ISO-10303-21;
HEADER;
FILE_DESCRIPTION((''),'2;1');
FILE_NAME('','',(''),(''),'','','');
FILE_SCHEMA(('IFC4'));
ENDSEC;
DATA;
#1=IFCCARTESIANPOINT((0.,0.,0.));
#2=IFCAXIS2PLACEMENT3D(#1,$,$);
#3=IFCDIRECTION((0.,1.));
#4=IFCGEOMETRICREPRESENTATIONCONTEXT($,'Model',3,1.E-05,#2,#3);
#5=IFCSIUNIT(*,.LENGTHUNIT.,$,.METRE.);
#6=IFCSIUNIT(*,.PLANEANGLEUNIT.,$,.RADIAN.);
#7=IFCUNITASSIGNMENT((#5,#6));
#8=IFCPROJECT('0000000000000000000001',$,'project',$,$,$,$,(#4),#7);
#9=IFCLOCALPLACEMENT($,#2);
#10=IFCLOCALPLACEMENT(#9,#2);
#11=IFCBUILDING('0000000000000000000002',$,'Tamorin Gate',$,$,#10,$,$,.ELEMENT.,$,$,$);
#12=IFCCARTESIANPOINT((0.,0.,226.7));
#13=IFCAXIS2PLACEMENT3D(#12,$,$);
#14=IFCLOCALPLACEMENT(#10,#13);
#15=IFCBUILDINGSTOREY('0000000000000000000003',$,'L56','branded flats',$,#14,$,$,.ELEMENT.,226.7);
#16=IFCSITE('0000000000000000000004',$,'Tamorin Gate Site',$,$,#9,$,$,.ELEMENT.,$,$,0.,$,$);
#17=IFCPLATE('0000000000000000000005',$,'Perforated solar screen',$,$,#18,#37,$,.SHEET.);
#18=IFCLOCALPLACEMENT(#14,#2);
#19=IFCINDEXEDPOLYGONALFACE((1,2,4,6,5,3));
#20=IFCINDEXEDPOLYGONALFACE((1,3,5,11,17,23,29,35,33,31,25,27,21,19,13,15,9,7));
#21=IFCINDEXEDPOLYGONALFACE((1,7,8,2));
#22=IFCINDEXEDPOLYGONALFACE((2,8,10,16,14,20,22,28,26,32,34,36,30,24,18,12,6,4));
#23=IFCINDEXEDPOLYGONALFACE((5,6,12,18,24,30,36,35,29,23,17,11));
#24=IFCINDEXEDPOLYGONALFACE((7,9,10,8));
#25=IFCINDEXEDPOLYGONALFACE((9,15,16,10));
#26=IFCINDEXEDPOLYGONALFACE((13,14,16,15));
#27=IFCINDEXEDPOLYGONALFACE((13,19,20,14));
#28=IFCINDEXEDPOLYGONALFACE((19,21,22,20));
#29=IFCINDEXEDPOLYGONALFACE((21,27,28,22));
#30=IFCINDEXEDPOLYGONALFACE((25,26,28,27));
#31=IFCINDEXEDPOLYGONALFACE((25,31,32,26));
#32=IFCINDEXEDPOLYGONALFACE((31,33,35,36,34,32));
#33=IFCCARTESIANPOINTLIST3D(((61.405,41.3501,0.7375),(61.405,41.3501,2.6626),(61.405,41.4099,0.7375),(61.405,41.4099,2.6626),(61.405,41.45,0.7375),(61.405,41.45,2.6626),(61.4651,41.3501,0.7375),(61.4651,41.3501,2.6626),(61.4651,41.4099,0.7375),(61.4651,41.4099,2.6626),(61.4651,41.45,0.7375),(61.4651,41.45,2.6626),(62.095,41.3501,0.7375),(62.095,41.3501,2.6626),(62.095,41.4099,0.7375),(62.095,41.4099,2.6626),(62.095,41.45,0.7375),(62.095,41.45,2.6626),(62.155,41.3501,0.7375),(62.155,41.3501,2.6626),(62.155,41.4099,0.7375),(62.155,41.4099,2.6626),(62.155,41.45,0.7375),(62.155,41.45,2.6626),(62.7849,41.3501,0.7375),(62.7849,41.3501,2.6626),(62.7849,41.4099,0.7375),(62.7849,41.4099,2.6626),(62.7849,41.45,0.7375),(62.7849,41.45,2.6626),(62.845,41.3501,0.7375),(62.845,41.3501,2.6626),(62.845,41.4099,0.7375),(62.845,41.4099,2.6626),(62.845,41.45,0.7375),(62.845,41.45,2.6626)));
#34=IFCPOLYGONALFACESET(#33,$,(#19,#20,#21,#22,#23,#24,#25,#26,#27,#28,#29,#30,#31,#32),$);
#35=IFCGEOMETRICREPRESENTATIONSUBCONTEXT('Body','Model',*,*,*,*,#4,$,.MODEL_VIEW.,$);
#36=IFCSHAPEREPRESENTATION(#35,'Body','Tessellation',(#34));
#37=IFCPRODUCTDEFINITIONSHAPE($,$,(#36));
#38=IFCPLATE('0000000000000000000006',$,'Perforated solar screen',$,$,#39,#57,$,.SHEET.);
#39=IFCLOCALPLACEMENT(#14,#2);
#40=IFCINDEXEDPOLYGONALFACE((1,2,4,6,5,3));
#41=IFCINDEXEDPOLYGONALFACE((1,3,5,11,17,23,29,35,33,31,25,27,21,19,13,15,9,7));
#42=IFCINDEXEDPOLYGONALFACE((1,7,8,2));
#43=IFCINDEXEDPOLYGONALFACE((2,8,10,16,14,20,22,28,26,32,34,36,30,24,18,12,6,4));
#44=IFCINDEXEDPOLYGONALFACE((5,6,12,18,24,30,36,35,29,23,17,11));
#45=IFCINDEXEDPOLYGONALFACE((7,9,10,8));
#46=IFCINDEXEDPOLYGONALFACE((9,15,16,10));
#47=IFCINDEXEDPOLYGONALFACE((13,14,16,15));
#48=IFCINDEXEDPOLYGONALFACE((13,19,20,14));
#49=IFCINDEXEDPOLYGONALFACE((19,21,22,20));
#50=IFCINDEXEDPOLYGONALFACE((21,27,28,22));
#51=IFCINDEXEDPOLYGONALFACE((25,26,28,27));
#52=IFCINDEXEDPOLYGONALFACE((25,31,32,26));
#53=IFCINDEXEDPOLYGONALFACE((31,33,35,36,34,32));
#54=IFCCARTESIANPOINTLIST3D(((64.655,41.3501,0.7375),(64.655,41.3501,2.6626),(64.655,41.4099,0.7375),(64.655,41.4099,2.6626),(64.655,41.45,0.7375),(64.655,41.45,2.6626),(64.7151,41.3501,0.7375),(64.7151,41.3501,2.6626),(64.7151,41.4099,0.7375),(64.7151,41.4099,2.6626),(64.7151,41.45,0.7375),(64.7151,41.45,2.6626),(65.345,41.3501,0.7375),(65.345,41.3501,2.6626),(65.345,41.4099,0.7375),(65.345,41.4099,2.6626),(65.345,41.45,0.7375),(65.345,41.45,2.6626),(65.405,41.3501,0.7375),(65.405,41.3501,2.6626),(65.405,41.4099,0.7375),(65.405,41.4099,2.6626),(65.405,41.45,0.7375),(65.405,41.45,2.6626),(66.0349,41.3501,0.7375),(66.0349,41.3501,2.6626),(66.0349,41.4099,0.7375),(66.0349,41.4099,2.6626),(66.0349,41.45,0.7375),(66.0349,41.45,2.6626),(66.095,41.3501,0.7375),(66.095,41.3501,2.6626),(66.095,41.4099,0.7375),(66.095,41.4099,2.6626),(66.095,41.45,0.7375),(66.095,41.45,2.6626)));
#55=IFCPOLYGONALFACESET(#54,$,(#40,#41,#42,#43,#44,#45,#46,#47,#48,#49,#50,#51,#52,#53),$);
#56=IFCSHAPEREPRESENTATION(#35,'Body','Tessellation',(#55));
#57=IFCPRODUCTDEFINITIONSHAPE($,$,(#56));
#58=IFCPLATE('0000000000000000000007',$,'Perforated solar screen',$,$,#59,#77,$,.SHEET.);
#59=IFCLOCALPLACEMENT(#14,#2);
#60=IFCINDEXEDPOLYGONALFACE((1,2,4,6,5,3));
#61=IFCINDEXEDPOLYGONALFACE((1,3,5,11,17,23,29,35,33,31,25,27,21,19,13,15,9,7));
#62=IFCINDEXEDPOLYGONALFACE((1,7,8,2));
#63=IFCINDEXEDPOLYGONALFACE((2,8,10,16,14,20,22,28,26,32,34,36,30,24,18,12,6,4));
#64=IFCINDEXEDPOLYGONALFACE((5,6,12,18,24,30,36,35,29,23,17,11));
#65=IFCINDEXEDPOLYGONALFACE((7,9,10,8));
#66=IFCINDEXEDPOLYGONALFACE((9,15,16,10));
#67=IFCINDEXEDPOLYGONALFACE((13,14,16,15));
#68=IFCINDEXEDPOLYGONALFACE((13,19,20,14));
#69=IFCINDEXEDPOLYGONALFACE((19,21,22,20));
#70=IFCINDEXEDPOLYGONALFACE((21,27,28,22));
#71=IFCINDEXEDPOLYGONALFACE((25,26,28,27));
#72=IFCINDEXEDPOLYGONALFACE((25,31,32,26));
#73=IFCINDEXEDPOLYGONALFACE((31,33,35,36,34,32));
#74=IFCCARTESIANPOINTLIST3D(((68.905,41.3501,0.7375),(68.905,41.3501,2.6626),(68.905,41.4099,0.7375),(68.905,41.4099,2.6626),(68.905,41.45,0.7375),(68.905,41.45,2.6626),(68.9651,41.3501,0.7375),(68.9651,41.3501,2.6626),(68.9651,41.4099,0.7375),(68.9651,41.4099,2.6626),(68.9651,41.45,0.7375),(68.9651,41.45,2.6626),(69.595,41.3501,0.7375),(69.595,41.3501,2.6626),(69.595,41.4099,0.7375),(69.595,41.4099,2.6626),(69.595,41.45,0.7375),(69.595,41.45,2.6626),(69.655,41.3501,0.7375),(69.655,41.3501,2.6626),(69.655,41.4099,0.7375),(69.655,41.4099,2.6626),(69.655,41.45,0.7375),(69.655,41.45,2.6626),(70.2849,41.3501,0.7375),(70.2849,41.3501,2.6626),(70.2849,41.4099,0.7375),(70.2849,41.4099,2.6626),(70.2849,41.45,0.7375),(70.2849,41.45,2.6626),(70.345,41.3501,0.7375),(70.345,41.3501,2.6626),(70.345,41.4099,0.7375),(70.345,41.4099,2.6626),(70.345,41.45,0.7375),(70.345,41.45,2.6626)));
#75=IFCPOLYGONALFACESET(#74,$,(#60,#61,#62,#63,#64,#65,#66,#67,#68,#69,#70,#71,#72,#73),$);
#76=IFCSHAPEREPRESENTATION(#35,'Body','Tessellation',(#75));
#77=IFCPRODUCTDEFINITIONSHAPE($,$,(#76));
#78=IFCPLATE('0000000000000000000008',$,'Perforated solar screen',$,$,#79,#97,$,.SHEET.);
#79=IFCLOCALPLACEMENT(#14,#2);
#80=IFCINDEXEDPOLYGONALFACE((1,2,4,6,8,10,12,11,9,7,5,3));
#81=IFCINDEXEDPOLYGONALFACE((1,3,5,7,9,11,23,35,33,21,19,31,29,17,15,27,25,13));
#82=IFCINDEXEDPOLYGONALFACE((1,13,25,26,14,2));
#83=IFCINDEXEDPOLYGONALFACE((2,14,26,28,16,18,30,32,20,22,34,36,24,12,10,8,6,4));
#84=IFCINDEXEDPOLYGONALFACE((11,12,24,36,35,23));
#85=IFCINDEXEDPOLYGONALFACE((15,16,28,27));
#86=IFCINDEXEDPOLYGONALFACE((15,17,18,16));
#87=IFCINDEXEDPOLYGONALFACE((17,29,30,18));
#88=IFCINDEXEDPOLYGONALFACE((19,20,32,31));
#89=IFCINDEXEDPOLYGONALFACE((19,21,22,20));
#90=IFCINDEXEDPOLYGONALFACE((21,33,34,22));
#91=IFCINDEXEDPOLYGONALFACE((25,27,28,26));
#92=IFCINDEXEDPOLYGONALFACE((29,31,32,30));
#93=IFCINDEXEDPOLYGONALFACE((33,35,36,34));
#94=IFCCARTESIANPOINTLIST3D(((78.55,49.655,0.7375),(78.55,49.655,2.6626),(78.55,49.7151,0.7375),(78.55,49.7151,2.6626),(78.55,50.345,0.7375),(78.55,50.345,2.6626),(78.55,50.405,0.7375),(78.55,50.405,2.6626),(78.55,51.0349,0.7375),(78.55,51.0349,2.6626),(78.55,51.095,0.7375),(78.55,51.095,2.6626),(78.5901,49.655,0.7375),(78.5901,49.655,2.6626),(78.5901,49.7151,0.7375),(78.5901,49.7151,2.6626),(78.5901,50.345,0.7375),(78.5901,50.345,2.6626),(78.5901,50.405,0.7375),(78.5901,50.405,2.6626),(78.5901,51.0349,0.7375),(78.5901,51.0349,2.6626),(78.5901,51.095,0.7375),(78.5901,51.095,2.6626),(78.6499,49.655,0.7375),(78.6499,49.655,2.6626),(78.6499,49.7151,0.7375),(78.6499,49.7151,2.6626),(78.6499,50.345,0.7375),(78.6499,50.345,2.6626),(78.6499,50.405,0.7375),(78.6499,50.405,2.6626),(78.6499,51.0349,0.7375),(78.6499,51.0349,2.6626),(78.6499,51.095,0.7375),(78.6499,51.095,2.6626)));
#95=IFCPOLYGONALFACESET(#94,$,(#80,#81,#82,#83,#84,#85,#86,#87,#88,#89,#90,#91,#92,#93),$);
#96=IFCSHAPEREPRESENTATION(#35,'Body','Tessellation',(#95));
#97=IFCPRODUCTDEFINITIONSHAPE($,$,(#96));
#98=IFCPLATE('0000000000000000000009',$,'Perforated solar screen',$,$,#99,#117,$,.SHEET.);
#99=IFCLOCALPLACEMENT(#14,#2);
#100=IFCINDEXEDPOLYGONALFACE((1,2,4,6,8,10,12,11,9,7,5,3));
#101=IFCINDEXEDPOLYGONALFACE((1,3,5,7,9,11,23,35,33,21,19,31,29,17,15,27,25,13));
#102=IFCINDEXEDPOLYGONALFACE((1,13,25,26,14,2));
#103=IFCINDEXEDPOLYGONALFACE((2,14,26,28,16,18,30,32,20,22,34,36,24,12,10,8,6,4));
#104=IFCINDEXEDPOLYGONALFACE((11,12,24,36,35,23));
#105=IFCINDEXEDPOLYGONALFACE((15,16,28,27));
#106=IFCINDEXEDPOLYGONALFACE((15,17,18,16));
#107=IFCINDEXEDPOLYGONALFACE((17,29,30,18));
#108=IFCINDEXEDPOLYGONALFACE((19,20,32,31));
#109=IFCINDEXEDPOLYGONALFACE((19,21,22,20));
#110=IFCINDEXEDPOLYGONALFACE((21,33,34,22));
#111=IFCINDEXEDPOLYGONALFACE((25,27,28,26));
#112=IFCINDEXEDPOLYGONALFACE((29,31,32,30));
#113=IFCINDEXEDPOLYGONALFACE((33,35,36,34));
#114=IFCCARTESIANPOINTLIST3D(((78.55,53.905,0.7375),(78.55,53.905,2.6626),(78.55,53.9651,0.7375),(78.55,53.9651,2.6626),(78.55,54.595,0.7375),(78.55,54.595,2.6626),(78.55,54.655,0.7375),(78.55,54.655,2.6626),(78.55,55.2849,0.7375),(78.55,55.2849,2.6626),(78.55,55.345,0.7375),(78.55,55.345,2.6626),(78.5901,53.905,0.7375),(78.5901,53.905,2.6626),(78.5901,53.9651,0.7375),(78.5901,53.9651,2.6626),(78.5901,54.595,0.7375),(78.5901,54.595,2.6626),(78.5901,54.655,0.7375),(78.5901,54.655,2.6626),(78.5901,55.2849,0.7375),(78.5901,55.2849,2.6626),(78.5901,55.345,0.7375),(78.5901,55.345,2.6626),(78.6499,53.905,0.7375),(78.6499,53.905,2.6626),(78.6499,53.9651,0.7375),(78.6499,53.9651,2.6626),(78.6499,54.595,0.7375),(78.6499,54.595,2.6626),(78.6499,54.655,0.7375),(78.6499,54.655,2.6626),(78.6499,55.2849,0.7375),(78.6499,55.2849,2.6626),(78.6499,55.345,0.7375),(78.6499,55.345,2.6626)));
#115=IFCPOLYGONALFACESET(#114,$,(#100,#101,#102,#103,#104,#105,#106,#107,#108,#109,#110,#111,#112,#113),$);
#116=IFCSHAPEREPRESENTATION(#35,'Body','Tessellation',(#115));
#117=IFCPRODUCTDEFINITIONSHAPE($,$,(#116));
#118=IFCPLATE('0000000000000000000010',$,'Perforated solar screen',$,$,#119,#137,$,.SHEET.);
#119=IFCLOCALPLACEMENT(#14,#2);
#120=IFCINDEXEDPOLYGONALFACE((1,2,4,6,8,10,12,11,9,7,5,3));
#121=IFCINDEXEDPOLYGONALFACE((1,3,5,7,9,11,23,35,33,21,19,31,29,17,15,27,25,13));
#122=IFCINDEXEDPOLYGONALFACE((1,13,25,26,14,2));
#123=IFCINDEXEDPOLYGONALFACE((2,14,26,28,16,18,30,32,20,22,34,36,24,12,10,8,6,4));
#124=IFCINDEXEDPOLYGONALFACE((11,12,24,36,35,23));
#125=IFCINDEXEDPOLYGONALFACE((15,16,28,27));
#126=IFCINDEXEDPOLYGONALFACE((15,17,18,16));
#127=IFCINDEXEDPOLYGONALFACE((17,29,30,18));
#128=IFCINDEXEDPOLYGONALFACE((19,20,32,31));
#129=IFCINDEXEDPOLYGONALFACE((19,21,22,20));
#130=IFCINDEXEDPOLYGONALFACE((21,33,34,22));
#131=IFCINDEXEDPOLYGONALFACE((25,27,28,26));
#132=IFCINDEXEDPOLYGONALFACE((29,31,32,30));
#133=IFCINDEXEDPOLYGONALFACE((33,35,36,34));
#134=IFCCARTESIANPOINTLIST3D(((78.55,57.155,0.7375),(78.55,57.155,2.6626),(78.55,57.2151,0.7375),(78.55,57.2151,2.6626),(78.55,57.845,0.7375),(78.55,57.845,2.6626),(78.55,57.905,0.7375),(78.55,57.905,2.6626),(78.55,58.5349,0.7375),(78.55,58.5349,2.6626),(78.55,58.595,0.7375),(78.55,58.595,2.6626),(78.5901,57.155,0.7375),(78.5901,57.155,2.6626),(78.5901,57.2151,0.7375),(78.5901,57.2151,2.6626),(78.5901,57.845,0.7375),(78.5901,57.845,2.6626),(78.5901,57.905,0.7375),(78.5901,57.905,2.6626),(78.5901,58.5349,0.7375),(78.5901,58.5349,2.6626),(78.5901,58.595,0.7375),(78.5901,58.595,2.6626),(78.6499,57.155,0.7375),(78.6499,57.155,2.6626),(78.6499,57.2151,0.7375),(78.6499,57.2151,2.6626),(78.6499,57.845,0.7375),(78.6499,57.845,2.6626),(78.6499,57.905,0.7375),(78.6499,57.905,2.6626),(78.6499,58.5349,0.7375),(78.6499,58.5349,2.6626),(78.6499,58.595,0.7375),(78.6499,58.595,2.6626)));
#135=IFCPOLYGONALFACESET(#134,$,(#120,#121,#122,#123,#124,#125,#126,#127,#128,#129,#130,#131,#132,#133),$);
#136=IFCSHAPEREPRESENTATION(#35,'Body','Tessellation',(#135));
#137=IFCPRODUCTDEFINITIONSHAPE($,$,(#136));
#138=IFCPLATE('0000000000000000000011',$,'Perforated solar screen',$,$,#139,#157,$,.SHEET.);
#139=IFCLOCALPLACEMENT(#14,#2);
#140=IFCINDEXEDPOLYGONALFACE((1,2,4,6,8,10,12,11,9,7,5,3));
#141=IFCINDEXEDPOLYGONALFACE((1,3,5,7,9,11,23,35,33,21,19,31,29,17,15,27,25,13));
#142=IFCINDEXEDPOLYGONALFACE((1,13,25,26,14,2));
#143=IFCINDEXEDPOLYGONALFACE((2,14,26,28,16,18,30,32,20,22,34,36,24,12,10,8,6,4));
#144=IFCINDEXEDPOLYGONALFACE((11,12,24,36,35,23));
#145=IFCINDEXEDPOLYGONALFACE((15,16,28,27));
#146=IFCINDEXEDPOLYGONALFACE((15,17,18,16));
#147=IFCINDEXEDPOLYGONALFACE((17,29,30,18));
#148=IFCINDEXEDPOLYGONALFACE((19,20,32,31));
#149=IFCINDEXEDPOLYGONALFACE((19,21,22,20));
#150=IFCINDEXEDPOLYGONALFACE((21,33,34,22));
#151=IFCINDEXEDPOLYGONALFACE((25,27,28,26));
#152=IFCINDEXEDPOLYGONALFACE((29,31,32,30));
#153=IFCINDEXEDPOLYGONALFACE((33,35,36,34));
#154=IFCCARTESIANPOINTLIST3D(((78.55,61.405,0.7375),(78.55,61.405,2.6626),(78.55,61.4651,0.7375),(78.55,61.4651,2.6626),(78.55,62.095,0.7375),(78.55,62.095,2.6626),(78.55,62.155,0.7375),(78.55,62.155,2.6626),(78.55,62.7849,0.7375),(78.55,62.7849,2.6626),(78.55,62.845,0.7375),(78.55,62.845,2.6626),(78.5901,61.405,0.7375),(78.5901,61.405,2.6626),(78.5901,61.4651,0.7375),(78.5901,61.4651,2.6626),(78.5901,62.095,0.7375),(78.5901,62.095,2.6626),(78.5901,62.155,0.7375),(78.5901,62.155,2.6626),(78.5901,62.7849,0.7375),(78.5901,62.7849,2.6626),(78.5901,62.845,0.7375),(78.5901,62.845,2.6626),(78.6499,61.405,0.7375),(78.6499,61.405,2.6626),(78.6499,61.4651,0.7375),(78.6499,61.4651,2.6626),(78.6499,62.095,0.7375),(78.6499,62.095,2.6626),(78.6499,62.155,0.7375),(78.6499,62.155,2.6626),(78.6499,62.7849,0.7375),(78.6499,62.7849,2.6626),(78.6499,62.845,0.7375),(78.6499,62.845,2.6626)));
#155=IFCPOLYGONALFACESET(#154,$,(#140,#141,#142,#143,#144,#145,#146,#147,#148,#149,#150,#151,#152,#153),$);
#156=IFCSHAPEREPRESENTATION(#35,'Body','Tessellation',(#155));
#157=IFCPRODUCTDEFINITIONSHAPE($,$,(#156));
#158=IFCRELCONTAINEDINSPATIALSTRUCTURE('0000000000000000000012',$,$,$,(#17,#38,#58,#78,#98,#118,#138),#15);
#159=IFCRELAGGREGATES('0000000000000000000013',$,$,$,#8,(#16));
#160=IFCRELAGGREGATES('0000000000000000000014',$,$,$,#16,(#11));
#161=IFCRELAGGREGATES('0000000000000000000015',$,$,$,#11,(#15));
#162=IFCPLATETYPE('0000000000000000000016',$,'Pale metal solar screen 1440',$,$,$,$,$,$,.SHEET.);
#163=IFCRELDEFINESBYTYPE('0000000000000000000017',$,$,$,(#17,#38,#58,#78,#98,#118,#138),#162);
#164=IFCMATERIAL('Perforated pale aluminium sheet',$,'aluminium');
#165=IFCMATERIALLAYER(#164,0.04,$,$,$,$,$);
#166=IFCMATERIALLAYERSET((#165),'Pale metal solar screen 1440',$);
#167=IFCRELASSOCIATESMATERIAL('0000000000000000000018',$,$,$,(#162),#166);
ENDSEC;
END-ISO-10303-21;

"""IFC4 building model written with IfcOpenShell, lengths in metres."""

from ifc_helpers import new_model, si_unit, direction, frame, origin, place, context, subcontext, project, spatial, polyline, outline, extrude, material, layer, layer_set, type_object, element, save


model = new_model("IFC4")

# Units and contexts
model_context = context("Model", 3, precision=1e-05, world=origin(), true_north=direction((0.0, 1.0)))
body_context = subcontext(model_context, "Body", "Model", "MODEL_VIEW")
ifc_project = project(units=[si_unit("LENGTHUNIT", "METRE"), si_unit("PLANEANGLEUNIT", "RADIAN")], contexts=[model_context])

# Site, building, storey
site_placement = place(None, origin())
site = spatial("IfcSite", under=ifc_project, at=site_placement, Name="Tamorin Gate Site", CompositionType="ELEMENT", RefElevation=0.0)
building_placement = place(site_placement, origin())
building = spatial("IfcBuilding", under=site, at=building_placement, Name="Tamorin Gate", CompositionType="ELEMENT")
storey_placement = place(building_placement, frame((0.0, 0.0, 226.7)))
storey = spatial("IfcBuildingStorey", under=building, at=storey_placement, Name="L56", Description="branded flats", CompositionType="ELEMENT", Elevation=226.7)

# Plates
ifc_material_1 = material(Name="Perforated pale aluminium sheet", Category="aluminium")
ifc_layer_1 = layer(ifc_material_1, 0.04)
ifc_layer_set_1 = layer_set([ifc_layer_1], Name="Pale metal solar screen 1440")
plate_type = type_object("IfcPlateType", Name="Pale metal solar screen 1440", PredefinedType="SHEET", material=ifc_layer_set_1)
plate_1_placement = place(storey_placement, frame((0.0, 0.0, 0.7375)))
element("IfcPlate", 1, at=plate_1_placement, inside=storey, type_object=plate_type, Name="Perforated solar screen", PredefinedType="SHEET", context=body_context, shape_type="SweptSolid", body=[
    extrude(outline(polyline([(61.405, 41.4099), (61.405, 41.45), (61.4651, 41.45), (62.095, 41.45), (62.155, 41.45), (62.7849, 41.45), (62.845, 41.45), (62.845, 41.4099), (62.845, 41.3501), (62.7849, 41.3501), (62.7849, 41.4099), (62.155, 41.4099), (62.155, 41.3501), (62.095, 41.3501), (62.095, 41.4099), (61.4651, 41.4099), (61.4651, 41.3501), (61.405, 41.3501), (61.405, 41.4099)])), origin(), (0.0, 0.0, 1.0), 1.925),
])
plate_2_placement = place(storey_placement, frame((0.0, 0.0, 0.7375)))
element("IfcPlate", 2, at=plate_2_placement, inside=storey, type_object=plate_type, Name="Perforated solar screen", PredefinedType="SHEET", context=body_context, shape_type="SweptSolid", body=[
    extrude(outline(polyline([(64.655, 41.4099), (64.655, 41.45), (64.7151, 41.45), (65.345, 41.45), (65.405, 41.45), (66.0349, 41.45), (66.095, 41.45), (66.095, 41.4099), (66.095, 41.3501), (66.0349, 41.3501), (66.0349, 41.4099), (65.405, 41.4099), (65.405, 41.3501), (65.345, 41.3501), (65.345, 41.4099), (64.7151, 41.4099), (64.7151, 41.3501), (64.655, 41.3501), (64.655, 41.4099)])), origin(), (0.0, 0.0, 1.0), 1.925),
])
plate_3_placement = place(storey_placement, frame((0.0, 0.0, 0.7375)))
element("IfcPlate", 3, at=plate_3_placement, inside=storey, type_object=plate_type, Name="Perforated solar screen", PredefinedType="SHEET", context=body_context, shape_type="SweptSolid", body=[
    extrude(outline(polyline([(68.905, 41.4099), (68.905, 41.45), (68.9651, 41.45), (69.595, 41.45), (69.655, 41.45), (70.2849, 41.45), (70.345, 41.45), (70.345, 41.4099), (70.345, 41.3501), (70.2849, 41.3501), (70.2849, 41.4099), (69.655, 41.4099), (69.655, 41.3501), (69.595, 41.3501), (69.595, 41.4099), (68.9651, 41.4099), (68.9651, 41.3501), (68.905, 41.3501), (68.905, 41.4099)])), origin(), (0.0, 0.0, 1.0), 1.925),
])
plate_4_placement = place(storey_placement, frame((0.0, 0.0, 0.7375)))
element("IfcPlate", 4, at=plate_4_placement, inside=storey, type_object=plate_type, Name="Perforated solar screen", PredefinedType="SHEET", context=body_context, shape_type="SweptSolid", body=[
    extrude(outline(polyline([(78.5901, 49.655), (78.55, 49.655), (78.55, 49.7151), (78.55, 50.345), (78.55, 50.405), (78.55, 51.0349), (78.55, 51.095), (78.55, 51.095), (78.5901, 51.095), (78.5901, 51.095), (78.6499, 51.095), (78.6499, 51.0349), (78.5901, 51.0349), (78.5901, 50.405), (78.6499, 50.405), (78.6499, 50.345), (78.5901, 50.345), (78.5901, 49.7151), (78.6499, 49.7151), (78.6499, 49.655), (78.5901, 49.655)])), origin(), (0.0, 0.0, 1.0), 1.925),
])
plate_5_placement = place(storey_placement, frame((0.0, 0.0, 0.7375)))
element("IfcPlate", 5, at=plate_5_placement, inside=storey, type_object=plate_type, Name="Perforated solar screen", PredefinedType="SHEET", context=body_context, shape_type="SweptSolid", body=[
    extrude(outline(polyline([(78.5901, 53.905), (78.55, 53.905), (78.55, 53.9651), (78.55, 54.595), (78.55, 54.655), (78.55, 55.2849), (78.55, 55.345), (78.5901, 55.345), (78.6499, 55.345), (78.6499, 55.2849), (78.5901, 55.2849), (78.5901, 54.655), (78.6499, 54.655), (78.6499, 54.595), (78.5901, 54.595), (78.5901, 53.9651), (78.6499, 53.9651), (78.6499, 53.905), (78.5901, 53.905)])), origin(), (0.0, 0.0, 1.0), 1.925),
])
plate_6_placement = place(storey_placement, frame((0.0, 0.0, 0.7375)))
element("IfcPlate", 6, at=plate_6_placement, inside=storey, type_object=plate_type, Name="Perforated solar screen", PredefinedType="SHEET", context=body_context, shape_type="SweptSolid", body=[
    extrude(outline(polyline([(78.5901, 57.155), (78.55, 57.155), (78.55, 57.2151), (78.55, 57.845), (78.55, 57.905), (78.55, 58.5349), (78.55, 58.595), (78.5901, 58.595), (78.6499, 58.595), (78.6499, 58.5349), (78.5901, 58.5349), (78.5901, 57.905), (78.6499, 57.905), (78.6499, 57.845), (78.5901, 57.845), (78.5901, 57.2151), (78.6499, 57.2151), (78.6499, 57.155), (78.5901, 57.155)])), origin(), (0.0, 0.0, 1.0), 1.925),
])
plate_7_placement = place(storey_placement, frame((0.0, 0.0, 0.7375)))
element("IfcPlate", 7, at=plate_7_placement, inside=storey, type_object=plate_type, Name="Perforated solar screen", PredefinedType="SHEET", context=body_context, shape_type="SweptSolid", body=[
    extrude(outline(polyline([(78.5901, 61.405), (78.55, 61.405), (78.55, 61.4651), (78.55, 62.095), (78.55, 62.155), (78.55, 62.7849), (78.55, 62.845), (78.5901, 62.845), (78.6499, 62.845), (78.6499, 62.7849), (78.5901, 62.7849), (78.5901, 62.155), (78.6499, 62.155), (78.6499, 62.095), (78.5901, 62.095), (78.5901, 61.4651), (78.6499, 61.4651), (78.6499, 61.405), (78.5901, 61.405)])), origin(), (0.0, 0.0, 1.0), 1.925),
])

save(model, "model.ifc")
